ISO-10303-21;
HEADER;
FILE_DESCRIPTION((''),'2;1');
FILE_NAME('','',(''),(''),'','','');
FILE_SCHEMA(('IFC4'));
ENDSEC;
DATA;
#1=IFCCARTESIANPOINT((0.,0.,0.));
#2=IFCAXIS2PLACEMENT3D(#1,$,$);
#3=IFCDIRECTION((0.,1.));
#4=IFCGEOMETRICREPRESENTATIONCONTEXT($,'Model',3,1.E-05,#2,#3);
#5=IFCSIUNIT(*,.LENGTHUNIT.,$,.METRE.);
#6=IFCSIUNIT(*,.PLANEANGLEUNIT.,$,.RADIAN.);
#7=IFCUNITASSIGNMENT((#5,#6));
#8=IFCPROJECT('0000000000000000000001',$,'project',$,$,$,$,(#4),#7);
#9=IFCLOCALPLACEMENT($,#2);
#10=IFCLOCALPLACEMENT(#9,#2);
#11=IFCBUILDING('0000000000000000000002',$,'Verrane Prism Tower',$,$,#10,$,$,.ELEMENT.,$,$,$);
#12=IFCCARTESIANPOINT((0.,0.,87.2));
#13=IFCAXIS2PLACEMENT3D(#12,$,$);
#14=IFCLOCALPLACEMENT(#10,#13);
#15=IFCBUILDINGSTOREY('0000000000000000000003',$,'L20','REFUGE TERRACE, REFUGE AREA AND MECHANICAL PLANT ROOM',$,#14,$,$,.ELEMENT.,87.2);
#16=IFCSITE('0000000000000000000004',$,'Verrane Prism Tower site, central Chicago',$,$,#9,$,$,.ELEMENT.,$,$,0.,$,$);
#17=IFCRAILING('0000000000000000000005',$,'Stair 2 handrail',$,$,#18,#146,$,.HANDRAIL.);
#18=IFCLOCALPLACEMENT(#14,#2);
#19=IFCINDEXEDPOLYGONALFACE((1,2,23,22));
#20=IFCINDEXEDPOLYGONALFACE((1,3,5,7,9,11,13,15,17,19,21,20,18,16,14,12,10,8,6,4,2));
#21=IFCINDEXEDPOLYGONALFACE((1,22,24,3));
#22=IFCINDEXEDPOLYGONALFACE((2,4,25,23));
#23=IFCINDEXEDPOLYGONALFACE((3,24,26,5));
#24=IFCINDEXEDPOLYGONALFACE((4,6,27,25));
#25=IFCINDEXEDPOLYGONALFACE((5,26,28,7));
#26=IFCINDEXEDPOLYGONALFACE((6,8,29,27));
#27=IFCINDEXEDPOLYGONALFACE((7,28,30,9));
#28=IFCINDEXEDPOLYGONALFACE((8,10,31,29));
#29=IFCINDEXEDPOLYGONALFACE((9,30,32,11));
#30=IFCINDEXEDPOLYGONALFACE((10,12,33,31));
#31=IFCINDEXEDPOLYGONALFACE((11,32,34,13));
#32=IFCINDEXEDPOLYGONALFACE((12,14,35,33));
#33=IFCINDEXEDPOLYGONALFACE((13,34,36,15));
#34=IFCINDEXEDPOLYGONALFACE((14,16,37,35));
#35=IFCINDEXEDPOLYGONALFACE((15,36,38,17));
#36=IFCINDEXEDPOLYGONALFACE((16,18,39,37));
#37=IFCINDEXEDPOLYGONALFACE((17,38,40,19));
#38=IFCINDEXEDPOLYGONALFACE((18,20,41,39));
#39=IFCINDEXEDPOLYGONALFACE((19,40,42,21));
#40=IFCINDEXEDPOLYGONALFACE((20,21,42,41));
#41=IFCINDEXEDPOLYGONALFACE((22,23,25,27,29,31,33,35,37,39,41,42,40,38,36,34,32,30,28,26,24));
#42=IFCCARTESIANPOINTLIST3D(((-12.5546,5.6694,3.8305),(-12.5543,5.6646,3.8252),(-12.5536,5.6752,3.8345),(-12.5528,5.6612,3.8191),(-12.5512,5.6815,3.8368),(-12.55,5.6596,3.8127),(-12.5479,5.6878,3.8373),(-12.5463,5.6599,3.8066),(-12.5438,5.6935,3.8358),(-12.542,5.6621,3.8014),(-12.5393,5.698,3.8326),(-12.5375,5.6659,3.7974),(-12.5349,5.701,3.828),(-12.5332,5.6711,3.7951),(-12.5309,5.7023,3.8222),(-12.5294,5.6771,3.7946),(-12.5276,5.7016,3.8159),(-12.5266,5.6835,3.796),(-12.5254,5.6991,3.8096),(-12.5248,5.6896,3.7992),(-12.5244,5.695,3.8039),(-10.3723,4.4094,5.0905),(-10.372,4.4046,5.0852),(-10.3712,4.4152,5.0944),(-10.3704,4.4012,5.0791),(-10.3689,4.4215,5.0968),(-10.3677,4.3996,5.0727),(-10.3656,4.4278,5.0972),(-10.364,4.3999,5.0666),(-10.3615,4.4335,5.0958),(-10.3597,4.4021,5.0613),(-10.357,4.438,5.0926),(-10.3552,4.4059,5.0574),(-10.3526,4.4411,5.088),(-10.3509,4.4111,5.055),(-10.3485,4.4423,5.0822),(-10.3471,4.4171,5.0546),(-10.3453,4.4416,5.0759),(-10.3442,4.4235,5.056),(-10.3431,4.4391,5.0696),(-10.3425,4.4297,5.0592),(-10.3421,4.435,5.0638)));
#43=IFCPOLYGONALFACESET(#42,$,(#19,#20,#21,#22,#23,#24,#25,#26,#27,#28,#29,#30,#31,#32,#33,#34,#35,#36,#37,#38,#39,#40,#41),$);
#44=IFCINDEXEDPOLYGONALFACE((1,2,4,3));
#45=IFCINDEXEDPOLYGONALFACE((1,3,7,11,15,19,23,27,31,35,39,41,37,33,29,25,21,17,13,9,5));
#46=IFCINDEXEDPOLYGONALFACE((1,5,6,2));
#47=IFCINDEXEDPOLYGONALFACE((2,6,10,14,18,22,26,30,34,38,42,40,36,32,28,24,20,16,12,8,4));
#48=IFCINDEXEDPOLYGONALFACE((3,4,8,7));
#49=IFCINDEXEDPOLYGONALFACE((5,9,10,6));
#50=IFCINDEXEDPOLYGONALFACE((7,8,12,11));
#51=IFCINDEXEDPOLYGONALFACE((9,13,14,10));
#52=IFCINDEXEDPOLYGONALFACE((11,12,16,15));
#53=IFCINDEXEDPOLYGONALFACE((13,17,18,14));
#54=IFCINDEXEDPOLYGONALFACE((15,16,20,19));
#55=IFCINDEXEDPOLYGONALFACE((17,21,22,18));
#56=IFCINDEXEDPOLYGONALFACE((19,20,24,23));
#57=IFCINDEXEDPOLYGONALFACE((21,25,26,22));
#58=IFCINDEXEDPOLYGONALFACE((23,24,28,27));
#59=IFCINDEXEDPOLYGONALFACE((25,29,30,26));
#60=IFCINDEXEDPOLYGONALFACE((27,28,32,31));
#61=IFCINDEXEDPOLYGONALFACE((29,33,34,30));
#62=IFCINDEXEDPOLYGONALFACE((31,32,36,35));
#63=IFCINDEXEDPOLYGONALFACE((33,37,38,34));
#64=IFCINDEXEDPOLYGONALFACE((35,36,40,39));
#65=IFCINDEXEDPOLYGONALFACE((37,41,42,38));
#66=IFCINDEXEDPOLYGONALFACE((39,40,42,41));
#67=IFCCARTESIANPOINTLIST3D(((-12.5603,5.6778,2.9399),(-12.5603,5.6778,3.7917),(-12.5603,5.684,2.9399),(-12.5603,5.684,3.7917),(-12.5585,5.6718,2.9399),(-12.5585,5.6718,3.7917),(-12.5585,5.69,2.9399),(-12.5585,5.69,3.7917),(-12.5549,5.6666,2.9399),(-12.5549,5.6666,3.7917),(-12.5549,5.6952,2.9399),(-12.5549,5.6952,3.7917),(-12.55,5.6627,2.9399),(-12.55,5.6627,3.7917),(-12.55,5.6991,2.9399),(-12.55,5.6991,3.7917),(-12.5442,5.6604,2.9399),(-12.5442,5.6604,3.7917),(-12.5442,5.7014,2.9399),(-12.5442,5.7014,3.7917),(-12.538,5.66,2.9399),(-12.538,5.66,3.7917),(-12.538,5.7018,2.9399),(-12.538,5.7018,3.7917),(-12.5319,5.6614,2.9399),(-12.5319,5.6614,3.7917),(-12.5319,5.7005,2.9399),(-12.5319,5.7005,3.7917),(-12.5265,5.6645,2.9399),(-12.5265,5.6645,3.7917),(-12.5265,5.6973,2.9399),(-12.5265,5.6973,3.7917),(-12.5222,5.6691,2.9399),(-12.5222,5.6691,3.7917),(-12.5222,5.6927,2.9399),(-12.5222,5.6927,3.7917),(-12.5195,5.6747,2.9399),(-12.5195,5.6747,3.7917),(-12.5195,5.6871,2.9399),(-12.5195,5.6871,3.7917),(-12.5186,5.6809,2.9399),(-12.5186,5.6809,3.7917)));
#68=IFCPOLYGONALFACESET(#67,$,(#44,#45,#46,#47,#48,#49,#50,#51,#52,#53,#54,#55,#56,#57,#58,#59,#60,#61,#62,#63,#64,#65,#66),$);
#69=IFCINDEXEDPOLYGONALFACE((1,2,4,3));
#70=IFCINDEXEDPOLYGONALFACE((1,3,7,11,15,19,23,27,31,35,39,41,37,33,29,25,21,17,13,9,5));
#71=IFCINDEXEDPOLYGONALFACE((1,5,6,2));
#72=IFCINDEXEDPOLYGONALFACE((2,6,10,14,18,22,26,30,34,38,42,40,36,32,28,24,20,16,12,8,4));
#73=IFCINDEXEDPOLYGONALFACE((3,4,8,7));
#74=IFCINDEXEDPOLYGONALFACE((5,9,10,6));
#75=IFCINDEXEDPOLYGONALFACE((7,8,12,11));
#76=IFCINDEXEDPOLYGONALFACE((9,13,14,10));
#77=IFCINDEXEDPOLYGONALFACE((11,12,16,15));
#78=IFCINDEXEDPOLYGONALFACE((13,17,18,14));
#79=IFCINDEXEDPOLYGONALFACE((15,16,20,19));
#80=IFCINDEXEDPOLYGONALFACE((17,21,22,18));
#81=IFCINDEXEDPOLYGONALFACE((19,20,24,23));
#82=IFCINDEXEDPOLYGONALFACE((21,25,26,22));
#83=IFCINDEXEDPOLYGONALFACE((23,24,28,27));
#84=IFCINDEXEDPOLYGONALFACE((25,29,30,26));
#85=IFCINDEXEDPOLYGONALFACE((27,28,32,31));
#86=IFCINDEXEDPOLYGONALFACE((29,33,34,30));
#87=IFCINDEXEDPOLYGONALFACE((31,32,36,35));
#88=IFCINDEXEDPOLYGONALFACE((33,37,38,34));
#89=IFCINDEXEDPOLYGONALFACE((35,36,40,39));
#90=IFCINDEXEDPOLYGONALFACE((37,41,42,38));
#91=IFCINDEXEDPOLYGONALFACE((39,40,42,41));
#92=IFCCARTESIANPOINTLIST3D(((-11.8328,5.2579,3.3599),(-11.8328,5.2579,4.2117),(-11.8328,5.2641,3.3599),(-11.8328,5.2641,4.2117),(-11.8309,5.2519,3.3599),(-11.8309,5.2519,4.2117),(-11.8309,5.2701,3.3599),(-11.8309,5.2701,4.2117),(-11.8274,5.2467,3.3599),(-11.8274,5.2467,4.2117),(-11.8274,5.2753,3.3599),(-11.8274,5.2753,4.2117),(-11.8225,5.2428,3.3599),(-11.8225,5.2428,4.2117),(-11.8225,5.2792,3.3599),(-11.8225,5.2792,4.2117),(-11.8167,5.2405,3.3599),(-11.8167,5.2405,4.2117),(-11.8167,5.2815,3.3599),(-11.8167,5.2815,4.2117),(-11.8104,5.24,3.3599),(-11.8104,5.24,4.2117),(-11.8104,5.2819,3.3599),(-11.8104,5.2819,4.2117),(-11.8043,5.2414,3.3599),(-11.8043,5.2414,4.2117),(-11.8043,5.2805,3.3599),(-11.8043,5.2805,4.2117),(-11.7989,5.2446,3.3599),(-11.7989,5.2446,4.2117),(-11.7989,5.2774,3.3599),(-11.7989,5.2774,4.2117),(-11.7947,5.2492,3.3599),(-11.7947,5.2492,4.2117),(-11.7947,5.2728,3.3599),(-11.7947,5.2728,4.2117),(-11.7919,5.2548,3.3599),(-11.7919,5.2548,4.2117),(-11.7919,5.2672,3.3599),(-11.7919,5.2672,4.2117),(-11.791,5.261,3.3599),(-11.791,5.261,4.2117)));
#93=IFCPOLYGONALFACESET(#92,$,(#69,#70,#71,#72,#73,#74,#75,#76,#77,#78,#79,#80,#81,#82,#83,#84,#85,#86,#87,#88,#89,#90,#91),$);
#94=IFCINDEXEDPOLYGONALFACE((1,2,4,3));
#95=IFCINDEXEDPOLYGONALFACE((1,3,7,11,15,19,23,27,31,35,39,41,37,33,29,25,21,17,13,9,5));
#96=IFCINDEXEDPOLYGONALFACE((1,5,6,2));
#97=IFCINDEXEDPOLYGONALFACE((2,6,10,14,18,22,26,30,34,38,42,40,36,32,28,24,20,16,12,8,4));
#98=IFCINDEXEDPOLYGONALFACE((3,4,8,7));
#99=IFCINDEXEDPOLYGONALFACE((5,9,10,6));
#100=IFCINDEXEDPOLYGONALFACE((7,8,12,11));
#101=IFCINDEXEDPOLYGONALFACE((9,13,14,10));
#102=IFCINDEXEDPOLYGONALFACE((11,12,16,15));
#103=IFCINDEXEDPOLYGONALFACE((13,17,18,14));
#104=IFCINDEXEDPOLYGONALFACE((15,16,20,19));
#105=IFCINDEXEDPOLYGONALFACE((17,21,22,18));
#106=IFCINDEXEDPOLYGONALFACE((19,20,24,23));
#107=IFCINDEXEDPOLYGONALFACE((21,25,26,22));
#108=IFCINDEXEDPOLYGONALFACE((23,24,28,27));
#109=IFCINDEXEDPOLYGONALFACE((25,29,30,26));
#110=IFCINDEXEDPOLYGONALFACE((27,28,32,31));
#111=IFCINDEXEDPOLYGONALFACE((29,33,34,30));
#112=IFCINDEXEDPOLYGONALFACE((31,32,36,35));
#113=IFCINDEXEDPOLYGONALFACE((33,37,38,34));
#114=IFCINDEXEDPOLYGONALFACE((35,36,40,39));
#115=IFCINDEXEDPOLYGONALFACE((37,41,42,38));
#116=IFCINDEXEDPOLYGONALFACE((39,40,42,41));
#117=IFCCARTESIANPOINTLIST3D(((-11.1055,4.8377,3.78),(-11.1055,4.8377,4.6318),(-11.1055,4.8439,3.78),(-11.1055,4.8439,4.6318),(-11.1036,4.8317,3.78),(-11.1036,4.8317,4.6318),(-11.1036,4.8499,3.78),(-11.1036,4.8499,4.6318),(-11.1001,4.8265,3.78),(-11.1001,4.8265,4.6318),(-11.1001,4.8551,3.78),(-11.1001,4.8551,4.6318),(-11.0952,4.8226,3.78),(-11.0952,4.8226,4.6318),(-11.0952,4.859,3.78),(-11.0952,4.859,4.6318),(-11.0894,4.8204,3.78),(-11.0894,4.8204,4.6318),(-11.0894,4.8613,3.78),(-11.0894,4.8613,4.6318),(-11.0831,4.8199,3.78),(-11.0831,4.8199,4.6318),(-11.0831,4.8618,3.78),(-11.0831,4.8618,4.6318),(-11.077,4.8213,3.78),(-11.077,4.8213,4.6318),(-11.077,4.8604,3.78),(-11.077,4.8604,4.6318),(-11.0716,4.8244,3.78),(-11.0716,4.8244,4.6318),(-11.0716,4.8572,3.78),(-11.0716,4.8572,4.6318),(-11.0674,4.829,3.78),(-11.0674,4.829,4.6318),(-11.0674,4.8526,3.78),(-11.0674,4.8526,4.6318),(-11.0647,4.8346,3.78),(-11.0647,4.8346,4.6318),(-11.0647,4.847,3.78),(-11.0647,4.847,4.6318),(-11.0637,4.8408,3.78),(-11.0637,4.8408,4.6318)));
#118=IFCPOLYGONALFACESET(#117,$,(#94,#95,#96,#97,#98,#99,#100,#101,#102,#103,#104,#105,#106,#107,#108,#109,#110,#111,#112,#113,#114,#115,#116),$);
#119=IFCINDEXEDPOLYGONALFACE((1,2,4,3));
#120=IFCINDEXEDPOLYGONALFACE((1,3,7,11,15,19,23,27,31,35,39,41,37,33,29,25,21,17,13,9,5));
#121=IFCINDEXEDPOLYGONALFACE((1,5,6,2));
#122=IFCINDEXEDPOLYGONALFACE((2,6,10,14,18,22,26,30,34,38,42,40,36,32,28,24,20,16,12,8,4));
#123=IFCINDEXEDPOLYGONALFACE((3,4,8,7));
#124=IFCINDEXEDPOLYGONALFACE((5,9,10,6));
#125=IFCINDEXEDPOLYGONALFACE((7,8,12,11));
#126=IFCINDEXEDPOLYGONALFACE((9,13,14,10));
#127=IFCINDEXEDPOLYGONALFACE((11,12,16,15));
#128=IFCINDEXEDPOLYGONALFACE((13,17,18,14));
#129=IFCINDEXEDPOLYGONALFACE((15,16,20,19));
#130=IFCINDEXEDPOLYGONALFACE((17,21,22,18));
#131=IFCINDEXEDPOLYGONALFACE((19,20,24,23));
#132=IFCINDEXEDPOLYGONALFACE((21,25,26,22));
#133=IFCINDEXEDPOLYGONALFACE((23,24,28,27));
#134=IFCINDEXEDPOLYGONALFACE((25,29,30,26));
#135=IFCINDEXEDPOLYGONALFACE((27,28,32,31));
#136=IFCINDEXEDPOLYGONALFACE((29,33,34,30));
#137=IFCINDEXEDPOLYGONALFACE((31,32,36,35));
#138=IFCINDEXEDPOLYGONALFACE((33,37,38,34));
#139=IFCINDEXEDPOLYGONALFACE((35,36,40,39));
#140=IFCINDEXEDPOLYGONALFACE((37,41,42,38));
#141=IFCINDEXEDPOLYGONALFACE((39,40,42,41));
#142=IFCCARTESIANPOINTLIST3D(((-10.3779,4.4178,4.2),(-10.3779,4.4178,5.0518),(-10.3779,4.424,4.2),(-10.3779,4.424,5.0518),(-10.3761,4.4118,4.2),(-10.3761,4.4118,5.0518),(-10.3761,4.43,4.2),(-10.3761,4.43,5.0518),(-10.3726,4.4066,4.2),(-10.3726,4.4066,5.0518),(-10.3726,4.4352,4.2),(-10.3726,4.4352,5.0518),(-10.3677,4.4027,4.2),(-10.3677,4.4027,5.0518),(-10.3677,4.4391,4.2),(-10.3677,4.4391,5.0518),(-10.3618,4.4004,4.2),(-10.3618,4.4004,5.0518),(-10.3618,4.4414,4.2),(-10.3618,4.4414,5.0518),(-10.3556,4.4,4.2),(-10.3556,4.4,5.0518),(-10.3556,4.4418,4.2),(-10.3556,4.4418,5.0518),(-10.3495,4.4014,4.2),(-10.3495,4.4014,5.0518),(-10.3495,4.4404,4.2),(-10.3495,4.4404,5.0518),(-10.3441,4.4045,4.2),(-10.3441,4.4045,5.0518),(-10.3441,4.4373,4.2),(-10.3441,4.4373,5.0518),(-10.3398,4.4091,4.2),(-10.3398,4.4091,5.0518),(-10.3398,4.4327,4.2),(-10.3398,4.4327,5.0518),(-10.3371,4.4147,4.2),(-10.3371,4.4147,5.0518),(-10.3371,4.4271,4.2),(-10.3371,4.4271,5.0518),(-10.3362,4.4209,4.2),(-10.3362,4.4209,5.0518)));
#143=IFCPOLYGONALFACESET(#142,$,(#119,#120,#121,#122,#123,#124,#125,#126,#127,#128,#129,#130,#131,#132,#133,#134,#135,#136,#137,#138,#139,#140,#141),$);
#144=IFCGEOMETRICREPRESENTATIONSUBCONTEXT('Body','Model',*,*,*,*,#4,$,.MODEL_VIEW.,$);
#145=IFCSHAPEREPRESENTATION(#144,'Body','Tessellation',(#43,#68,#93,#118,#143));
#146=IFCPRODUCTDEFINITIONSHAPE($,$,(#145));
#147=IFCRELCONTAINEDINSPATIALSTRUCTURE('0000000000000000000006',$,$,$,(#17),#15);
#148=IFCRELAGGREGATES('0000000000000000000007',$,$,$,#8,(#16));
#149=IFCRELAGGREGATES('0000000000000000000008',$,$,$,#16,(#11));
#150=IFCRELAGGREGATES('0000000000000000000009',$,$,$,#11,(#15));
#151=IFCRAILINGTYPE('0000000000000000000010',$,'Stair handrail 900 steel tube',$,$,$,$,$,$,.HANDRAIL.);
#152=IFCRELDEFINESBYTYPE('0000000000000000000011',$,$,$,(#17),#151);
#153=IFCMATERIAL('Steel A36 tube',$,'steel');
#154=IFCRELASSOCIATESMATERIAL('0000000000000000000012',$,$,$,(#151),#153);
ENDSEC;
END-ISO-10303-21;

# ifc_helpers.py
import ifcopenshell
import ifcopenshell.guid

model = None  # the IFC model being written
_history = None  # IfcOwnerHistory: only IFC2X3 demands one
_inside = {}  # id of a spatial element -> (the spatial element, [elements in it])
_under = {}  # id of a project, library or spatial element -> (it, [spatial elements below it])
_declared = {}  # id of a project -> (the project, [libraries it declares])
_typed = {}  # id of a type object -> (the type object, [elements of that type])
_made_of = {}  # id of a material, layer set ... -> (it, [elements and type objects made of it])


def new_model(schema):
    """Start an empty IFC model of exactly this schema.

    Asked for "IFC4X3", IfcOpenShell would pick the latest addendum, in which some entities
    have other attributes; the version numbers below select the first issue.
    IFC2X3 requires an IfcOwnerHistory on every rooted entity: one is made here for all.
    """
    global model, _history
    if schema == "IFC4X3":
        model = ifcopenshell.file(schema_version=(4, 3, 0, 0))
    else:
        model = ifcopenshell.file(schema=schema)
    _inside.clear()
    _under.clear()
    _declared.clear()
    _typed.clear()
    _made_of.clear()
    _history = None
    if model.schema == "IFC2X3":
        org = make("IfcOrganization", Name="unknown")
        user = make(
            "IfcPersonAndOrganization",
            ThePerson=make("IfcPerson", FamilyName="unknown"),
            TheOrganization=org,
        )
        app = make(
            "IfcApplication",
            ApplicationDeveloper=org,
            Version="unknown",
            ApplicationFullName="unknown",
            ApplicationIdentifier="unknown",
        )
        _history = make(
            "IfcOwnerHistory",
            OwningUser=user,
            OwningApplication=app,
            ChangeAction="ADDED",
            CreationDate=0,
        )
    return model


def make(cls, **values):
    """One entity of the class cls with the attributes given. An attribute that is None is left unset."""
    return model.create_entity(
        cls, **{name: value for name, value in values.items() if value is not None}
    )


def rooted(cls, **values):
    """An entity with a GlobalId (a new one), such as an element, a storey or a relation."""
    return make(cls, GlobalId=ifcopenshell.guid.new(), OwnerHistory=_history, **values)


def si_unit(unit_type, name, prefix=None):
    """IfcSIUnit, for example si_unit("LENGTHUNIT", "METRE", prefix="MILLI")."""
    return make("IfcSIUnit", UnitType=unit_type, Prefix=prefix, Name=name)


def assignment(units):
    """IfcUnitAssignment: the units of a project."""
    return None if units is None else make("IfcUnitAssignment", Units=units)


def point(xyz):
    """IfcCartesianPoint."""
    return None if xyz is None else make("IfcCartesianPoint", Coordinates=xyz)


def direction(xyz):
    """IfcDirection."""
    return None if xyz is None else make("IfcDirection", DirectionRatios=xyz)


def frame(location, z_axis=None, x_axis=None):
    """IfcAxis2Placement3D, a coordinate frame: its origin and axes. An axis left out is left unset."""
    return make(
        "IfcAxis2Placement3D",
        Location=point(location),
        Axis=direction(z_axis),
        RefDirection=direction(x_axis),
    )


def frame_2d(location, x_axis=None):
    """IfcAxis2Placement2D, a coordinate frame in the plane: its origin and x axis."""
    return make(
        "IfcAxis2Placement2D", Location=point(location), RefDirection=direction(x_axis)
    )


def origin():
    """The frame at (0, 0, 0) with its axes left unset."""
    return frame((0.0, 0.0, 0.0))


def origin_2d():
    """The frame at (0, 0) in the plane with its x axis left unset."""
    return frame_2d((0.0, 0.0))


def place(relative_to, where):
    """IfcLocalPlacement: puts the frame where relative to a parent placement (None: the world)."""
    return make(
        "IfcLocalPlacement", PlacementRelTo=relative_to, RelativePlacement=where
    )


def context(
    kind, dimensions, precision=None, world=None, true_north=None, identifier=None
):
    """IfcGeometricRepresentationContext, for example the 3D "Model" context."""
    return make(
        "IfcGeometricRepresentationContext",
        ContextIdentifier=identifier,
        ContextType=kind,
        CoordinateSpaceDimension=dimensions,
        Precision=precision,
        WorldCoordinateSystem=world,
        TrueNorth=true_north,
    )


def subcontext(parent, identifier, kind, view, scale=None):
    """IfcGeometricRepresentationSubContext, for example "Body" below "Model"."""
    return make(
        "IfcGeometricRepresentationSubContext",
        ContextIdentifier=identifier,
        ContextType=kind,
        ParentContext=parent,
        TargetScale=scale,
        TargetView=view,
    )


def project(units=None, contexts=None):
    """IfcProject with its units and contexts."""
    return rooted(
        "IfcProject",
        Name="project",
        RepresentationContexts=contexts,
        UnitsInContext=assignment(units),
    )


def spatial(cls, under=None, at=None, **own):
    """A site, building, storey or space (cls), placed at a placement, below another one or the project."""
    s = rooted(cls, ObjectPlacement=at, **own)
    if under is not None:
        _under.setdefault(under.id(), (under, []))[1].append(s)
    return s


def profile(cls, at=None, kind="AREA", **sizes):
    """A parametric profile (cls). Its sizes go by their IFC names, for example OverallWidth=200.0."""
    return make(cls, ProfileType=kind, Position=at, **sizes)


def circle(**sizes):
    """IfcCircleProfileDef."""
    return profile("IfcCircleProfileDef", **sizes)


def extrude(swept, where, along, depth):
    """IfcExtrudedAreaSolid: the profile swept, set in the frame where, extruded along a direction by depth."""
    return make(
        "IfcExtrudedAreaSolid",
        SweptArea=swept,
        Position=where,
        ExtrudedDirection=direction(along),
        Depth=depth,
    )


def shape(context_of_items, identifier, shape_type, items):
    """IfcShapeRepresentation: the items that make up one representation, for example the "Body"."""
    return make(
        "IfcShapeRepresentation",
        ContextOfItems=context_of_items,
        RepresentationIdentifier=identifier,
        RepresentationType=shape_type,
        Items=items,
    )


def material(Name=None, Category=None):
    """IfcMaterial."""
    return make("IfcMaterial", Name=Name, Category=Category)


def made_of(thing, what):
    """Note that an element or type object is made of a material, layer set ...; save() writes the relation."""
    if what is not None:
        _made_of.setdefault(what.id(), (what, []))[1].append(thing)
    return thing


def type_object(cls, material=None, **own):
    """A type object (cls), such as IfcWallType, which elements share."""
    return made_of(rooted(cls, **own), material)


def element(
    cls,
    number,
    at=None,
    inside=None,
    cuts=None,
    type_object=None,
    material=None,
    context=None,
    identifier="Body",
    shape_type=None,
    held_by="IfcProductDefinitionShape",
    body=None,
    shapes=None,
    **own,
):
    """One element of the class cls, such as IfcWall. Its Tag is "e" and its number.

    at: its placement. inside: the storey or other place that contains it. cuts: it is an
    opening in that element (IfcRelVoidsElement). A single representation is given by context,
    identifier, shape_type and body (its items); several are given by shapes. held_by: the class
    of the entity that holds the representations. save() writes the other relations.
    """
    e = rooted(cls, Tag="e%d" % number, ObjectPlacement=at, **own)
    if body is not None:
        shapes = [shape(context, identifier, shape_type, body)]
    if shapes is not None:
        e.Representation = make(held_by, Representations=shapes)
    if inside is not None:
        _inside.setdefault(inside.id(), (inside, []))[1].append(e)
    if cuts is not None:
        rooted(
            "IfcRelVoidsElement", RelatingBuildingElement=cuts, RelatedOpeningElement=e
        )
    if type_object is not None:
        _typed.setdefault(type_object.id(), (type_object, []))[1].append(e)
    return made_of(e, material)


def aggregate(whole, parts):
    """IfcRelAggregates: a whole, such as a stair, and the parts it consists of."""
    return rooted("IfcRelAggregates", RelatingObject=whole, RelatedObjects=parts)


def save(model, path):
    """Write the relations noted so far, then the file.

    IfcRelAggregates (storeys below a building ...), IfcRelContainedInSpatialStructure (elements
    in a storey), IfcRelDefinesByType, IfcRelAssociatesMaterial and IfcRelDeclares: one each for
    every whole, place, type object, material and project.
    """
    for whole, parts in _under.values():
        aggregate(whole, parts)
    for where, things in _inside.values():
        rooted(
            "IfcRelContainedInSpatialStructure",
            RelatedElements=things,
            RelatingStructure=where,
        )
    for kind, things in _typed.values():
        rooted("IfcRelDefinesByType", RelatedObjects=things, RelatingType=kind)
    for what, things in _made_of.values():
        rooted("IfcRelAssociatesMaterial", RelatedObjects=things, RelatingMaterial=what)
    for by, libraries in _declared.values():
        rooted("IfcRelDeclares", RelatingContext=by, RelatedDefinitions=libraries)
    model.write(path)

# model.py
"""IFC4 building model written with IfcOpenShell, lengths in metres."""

from ifc_helpers import new_model, si_unit, direction, frame, origin, origin_2d, place, context, subcontext, project, spatial, circle, extrude, material, type_object, element, save


model = new_model("IFC4")

# Units and contexts
model_context = context("Model", 3, precision=1e-05, world=origin(), true_north=direction((0.0, 1.0)))
body_context = subcontext(model_context, "Body", "Model", "MODEL_VIEW")
ifc_project = project(units=[si_unit("LENGTHUNIT", "METRE"), si_unit("PLANEANGLEUNIT", "RADIAN")], contexts=[model_context])

# Site, building, storey
site_placement = place(None, origin())
site = spatial("IfcSite", under=ifc_project, at=site_placement, Name="Verrane Prism Tower site, central Chicago", CompositionType="ELEMENT", RefElevation=0.0)
building_placement = place(site_placement, origin())
building = spatial("IfcBuilding", under=site, at=building_placement, Name="Verrane Prism Tower", CompositionType="ELEMENT")
storey_placement = place(building_placement, frame((0.0, 0.0, 87.2)))
storey = spatial("IfcBuildingStorey", under=building, at=storey_placement, Name="L20", Description="REFUGE TERRACE, REFUGE AREA AND MECHANICAL PLANT ROOM", CompositionType="ELEMENT", Elevation=87.2)

# Railing
ifc_material_1 = material(Name="Steel A36 tube", Category="steel")
railing_type_1 = type_object("IfcRailingType", Name="Stair handrail 900 steel tube", PredefinedType="HANDRAIL", material=ifc_material_1)
for number, where, name in (
    (1, (-12.5396, 5.6809, 2.9399), "Stair 2 handrail"),
):
    element("IfcRailing", number, at=place(storey_placement, frame(where)), inside=storey, type_object=railing_type_1, Name=name, PredefinedType="HANDRAIL", context=body_context, shape_type="SweptSolid", body=[
        extrude(circle(Radius=0.0239, at=origin_2d()), frame((0.0, 0.0, 0.876), z_axis=(0.774593, -0.447217, 0.447217), x_axis=(0.500005, 0.866023, 0.0)), (0.0, 0.0, 1.0), 2.8174),
        extrude(circle(Radius=0.021, at=origin_2d()), origin(), (0.0, 0.0, 1.0), 0.8518),
        extrude(circle(Radius=0.021, at=origin_2d()), frame((0.7275, -0.4199, 0.4199)), (0.0, 0.0, 1.0), 0.8518),
        extrude(circle(Radius=0.021, at=origin_2d()), frame((1.4548, -0.8401, 0.8401)), (0.0, 0.0, 1.0), 0.8518),
        extrude(circle(Radius=0.021, at=origin_2d()), frame((2.1824, -1.26, 1.26)), (0.0, 0.0, 1.0), 0.8518),
    ])

save(model, "model.ifc")
